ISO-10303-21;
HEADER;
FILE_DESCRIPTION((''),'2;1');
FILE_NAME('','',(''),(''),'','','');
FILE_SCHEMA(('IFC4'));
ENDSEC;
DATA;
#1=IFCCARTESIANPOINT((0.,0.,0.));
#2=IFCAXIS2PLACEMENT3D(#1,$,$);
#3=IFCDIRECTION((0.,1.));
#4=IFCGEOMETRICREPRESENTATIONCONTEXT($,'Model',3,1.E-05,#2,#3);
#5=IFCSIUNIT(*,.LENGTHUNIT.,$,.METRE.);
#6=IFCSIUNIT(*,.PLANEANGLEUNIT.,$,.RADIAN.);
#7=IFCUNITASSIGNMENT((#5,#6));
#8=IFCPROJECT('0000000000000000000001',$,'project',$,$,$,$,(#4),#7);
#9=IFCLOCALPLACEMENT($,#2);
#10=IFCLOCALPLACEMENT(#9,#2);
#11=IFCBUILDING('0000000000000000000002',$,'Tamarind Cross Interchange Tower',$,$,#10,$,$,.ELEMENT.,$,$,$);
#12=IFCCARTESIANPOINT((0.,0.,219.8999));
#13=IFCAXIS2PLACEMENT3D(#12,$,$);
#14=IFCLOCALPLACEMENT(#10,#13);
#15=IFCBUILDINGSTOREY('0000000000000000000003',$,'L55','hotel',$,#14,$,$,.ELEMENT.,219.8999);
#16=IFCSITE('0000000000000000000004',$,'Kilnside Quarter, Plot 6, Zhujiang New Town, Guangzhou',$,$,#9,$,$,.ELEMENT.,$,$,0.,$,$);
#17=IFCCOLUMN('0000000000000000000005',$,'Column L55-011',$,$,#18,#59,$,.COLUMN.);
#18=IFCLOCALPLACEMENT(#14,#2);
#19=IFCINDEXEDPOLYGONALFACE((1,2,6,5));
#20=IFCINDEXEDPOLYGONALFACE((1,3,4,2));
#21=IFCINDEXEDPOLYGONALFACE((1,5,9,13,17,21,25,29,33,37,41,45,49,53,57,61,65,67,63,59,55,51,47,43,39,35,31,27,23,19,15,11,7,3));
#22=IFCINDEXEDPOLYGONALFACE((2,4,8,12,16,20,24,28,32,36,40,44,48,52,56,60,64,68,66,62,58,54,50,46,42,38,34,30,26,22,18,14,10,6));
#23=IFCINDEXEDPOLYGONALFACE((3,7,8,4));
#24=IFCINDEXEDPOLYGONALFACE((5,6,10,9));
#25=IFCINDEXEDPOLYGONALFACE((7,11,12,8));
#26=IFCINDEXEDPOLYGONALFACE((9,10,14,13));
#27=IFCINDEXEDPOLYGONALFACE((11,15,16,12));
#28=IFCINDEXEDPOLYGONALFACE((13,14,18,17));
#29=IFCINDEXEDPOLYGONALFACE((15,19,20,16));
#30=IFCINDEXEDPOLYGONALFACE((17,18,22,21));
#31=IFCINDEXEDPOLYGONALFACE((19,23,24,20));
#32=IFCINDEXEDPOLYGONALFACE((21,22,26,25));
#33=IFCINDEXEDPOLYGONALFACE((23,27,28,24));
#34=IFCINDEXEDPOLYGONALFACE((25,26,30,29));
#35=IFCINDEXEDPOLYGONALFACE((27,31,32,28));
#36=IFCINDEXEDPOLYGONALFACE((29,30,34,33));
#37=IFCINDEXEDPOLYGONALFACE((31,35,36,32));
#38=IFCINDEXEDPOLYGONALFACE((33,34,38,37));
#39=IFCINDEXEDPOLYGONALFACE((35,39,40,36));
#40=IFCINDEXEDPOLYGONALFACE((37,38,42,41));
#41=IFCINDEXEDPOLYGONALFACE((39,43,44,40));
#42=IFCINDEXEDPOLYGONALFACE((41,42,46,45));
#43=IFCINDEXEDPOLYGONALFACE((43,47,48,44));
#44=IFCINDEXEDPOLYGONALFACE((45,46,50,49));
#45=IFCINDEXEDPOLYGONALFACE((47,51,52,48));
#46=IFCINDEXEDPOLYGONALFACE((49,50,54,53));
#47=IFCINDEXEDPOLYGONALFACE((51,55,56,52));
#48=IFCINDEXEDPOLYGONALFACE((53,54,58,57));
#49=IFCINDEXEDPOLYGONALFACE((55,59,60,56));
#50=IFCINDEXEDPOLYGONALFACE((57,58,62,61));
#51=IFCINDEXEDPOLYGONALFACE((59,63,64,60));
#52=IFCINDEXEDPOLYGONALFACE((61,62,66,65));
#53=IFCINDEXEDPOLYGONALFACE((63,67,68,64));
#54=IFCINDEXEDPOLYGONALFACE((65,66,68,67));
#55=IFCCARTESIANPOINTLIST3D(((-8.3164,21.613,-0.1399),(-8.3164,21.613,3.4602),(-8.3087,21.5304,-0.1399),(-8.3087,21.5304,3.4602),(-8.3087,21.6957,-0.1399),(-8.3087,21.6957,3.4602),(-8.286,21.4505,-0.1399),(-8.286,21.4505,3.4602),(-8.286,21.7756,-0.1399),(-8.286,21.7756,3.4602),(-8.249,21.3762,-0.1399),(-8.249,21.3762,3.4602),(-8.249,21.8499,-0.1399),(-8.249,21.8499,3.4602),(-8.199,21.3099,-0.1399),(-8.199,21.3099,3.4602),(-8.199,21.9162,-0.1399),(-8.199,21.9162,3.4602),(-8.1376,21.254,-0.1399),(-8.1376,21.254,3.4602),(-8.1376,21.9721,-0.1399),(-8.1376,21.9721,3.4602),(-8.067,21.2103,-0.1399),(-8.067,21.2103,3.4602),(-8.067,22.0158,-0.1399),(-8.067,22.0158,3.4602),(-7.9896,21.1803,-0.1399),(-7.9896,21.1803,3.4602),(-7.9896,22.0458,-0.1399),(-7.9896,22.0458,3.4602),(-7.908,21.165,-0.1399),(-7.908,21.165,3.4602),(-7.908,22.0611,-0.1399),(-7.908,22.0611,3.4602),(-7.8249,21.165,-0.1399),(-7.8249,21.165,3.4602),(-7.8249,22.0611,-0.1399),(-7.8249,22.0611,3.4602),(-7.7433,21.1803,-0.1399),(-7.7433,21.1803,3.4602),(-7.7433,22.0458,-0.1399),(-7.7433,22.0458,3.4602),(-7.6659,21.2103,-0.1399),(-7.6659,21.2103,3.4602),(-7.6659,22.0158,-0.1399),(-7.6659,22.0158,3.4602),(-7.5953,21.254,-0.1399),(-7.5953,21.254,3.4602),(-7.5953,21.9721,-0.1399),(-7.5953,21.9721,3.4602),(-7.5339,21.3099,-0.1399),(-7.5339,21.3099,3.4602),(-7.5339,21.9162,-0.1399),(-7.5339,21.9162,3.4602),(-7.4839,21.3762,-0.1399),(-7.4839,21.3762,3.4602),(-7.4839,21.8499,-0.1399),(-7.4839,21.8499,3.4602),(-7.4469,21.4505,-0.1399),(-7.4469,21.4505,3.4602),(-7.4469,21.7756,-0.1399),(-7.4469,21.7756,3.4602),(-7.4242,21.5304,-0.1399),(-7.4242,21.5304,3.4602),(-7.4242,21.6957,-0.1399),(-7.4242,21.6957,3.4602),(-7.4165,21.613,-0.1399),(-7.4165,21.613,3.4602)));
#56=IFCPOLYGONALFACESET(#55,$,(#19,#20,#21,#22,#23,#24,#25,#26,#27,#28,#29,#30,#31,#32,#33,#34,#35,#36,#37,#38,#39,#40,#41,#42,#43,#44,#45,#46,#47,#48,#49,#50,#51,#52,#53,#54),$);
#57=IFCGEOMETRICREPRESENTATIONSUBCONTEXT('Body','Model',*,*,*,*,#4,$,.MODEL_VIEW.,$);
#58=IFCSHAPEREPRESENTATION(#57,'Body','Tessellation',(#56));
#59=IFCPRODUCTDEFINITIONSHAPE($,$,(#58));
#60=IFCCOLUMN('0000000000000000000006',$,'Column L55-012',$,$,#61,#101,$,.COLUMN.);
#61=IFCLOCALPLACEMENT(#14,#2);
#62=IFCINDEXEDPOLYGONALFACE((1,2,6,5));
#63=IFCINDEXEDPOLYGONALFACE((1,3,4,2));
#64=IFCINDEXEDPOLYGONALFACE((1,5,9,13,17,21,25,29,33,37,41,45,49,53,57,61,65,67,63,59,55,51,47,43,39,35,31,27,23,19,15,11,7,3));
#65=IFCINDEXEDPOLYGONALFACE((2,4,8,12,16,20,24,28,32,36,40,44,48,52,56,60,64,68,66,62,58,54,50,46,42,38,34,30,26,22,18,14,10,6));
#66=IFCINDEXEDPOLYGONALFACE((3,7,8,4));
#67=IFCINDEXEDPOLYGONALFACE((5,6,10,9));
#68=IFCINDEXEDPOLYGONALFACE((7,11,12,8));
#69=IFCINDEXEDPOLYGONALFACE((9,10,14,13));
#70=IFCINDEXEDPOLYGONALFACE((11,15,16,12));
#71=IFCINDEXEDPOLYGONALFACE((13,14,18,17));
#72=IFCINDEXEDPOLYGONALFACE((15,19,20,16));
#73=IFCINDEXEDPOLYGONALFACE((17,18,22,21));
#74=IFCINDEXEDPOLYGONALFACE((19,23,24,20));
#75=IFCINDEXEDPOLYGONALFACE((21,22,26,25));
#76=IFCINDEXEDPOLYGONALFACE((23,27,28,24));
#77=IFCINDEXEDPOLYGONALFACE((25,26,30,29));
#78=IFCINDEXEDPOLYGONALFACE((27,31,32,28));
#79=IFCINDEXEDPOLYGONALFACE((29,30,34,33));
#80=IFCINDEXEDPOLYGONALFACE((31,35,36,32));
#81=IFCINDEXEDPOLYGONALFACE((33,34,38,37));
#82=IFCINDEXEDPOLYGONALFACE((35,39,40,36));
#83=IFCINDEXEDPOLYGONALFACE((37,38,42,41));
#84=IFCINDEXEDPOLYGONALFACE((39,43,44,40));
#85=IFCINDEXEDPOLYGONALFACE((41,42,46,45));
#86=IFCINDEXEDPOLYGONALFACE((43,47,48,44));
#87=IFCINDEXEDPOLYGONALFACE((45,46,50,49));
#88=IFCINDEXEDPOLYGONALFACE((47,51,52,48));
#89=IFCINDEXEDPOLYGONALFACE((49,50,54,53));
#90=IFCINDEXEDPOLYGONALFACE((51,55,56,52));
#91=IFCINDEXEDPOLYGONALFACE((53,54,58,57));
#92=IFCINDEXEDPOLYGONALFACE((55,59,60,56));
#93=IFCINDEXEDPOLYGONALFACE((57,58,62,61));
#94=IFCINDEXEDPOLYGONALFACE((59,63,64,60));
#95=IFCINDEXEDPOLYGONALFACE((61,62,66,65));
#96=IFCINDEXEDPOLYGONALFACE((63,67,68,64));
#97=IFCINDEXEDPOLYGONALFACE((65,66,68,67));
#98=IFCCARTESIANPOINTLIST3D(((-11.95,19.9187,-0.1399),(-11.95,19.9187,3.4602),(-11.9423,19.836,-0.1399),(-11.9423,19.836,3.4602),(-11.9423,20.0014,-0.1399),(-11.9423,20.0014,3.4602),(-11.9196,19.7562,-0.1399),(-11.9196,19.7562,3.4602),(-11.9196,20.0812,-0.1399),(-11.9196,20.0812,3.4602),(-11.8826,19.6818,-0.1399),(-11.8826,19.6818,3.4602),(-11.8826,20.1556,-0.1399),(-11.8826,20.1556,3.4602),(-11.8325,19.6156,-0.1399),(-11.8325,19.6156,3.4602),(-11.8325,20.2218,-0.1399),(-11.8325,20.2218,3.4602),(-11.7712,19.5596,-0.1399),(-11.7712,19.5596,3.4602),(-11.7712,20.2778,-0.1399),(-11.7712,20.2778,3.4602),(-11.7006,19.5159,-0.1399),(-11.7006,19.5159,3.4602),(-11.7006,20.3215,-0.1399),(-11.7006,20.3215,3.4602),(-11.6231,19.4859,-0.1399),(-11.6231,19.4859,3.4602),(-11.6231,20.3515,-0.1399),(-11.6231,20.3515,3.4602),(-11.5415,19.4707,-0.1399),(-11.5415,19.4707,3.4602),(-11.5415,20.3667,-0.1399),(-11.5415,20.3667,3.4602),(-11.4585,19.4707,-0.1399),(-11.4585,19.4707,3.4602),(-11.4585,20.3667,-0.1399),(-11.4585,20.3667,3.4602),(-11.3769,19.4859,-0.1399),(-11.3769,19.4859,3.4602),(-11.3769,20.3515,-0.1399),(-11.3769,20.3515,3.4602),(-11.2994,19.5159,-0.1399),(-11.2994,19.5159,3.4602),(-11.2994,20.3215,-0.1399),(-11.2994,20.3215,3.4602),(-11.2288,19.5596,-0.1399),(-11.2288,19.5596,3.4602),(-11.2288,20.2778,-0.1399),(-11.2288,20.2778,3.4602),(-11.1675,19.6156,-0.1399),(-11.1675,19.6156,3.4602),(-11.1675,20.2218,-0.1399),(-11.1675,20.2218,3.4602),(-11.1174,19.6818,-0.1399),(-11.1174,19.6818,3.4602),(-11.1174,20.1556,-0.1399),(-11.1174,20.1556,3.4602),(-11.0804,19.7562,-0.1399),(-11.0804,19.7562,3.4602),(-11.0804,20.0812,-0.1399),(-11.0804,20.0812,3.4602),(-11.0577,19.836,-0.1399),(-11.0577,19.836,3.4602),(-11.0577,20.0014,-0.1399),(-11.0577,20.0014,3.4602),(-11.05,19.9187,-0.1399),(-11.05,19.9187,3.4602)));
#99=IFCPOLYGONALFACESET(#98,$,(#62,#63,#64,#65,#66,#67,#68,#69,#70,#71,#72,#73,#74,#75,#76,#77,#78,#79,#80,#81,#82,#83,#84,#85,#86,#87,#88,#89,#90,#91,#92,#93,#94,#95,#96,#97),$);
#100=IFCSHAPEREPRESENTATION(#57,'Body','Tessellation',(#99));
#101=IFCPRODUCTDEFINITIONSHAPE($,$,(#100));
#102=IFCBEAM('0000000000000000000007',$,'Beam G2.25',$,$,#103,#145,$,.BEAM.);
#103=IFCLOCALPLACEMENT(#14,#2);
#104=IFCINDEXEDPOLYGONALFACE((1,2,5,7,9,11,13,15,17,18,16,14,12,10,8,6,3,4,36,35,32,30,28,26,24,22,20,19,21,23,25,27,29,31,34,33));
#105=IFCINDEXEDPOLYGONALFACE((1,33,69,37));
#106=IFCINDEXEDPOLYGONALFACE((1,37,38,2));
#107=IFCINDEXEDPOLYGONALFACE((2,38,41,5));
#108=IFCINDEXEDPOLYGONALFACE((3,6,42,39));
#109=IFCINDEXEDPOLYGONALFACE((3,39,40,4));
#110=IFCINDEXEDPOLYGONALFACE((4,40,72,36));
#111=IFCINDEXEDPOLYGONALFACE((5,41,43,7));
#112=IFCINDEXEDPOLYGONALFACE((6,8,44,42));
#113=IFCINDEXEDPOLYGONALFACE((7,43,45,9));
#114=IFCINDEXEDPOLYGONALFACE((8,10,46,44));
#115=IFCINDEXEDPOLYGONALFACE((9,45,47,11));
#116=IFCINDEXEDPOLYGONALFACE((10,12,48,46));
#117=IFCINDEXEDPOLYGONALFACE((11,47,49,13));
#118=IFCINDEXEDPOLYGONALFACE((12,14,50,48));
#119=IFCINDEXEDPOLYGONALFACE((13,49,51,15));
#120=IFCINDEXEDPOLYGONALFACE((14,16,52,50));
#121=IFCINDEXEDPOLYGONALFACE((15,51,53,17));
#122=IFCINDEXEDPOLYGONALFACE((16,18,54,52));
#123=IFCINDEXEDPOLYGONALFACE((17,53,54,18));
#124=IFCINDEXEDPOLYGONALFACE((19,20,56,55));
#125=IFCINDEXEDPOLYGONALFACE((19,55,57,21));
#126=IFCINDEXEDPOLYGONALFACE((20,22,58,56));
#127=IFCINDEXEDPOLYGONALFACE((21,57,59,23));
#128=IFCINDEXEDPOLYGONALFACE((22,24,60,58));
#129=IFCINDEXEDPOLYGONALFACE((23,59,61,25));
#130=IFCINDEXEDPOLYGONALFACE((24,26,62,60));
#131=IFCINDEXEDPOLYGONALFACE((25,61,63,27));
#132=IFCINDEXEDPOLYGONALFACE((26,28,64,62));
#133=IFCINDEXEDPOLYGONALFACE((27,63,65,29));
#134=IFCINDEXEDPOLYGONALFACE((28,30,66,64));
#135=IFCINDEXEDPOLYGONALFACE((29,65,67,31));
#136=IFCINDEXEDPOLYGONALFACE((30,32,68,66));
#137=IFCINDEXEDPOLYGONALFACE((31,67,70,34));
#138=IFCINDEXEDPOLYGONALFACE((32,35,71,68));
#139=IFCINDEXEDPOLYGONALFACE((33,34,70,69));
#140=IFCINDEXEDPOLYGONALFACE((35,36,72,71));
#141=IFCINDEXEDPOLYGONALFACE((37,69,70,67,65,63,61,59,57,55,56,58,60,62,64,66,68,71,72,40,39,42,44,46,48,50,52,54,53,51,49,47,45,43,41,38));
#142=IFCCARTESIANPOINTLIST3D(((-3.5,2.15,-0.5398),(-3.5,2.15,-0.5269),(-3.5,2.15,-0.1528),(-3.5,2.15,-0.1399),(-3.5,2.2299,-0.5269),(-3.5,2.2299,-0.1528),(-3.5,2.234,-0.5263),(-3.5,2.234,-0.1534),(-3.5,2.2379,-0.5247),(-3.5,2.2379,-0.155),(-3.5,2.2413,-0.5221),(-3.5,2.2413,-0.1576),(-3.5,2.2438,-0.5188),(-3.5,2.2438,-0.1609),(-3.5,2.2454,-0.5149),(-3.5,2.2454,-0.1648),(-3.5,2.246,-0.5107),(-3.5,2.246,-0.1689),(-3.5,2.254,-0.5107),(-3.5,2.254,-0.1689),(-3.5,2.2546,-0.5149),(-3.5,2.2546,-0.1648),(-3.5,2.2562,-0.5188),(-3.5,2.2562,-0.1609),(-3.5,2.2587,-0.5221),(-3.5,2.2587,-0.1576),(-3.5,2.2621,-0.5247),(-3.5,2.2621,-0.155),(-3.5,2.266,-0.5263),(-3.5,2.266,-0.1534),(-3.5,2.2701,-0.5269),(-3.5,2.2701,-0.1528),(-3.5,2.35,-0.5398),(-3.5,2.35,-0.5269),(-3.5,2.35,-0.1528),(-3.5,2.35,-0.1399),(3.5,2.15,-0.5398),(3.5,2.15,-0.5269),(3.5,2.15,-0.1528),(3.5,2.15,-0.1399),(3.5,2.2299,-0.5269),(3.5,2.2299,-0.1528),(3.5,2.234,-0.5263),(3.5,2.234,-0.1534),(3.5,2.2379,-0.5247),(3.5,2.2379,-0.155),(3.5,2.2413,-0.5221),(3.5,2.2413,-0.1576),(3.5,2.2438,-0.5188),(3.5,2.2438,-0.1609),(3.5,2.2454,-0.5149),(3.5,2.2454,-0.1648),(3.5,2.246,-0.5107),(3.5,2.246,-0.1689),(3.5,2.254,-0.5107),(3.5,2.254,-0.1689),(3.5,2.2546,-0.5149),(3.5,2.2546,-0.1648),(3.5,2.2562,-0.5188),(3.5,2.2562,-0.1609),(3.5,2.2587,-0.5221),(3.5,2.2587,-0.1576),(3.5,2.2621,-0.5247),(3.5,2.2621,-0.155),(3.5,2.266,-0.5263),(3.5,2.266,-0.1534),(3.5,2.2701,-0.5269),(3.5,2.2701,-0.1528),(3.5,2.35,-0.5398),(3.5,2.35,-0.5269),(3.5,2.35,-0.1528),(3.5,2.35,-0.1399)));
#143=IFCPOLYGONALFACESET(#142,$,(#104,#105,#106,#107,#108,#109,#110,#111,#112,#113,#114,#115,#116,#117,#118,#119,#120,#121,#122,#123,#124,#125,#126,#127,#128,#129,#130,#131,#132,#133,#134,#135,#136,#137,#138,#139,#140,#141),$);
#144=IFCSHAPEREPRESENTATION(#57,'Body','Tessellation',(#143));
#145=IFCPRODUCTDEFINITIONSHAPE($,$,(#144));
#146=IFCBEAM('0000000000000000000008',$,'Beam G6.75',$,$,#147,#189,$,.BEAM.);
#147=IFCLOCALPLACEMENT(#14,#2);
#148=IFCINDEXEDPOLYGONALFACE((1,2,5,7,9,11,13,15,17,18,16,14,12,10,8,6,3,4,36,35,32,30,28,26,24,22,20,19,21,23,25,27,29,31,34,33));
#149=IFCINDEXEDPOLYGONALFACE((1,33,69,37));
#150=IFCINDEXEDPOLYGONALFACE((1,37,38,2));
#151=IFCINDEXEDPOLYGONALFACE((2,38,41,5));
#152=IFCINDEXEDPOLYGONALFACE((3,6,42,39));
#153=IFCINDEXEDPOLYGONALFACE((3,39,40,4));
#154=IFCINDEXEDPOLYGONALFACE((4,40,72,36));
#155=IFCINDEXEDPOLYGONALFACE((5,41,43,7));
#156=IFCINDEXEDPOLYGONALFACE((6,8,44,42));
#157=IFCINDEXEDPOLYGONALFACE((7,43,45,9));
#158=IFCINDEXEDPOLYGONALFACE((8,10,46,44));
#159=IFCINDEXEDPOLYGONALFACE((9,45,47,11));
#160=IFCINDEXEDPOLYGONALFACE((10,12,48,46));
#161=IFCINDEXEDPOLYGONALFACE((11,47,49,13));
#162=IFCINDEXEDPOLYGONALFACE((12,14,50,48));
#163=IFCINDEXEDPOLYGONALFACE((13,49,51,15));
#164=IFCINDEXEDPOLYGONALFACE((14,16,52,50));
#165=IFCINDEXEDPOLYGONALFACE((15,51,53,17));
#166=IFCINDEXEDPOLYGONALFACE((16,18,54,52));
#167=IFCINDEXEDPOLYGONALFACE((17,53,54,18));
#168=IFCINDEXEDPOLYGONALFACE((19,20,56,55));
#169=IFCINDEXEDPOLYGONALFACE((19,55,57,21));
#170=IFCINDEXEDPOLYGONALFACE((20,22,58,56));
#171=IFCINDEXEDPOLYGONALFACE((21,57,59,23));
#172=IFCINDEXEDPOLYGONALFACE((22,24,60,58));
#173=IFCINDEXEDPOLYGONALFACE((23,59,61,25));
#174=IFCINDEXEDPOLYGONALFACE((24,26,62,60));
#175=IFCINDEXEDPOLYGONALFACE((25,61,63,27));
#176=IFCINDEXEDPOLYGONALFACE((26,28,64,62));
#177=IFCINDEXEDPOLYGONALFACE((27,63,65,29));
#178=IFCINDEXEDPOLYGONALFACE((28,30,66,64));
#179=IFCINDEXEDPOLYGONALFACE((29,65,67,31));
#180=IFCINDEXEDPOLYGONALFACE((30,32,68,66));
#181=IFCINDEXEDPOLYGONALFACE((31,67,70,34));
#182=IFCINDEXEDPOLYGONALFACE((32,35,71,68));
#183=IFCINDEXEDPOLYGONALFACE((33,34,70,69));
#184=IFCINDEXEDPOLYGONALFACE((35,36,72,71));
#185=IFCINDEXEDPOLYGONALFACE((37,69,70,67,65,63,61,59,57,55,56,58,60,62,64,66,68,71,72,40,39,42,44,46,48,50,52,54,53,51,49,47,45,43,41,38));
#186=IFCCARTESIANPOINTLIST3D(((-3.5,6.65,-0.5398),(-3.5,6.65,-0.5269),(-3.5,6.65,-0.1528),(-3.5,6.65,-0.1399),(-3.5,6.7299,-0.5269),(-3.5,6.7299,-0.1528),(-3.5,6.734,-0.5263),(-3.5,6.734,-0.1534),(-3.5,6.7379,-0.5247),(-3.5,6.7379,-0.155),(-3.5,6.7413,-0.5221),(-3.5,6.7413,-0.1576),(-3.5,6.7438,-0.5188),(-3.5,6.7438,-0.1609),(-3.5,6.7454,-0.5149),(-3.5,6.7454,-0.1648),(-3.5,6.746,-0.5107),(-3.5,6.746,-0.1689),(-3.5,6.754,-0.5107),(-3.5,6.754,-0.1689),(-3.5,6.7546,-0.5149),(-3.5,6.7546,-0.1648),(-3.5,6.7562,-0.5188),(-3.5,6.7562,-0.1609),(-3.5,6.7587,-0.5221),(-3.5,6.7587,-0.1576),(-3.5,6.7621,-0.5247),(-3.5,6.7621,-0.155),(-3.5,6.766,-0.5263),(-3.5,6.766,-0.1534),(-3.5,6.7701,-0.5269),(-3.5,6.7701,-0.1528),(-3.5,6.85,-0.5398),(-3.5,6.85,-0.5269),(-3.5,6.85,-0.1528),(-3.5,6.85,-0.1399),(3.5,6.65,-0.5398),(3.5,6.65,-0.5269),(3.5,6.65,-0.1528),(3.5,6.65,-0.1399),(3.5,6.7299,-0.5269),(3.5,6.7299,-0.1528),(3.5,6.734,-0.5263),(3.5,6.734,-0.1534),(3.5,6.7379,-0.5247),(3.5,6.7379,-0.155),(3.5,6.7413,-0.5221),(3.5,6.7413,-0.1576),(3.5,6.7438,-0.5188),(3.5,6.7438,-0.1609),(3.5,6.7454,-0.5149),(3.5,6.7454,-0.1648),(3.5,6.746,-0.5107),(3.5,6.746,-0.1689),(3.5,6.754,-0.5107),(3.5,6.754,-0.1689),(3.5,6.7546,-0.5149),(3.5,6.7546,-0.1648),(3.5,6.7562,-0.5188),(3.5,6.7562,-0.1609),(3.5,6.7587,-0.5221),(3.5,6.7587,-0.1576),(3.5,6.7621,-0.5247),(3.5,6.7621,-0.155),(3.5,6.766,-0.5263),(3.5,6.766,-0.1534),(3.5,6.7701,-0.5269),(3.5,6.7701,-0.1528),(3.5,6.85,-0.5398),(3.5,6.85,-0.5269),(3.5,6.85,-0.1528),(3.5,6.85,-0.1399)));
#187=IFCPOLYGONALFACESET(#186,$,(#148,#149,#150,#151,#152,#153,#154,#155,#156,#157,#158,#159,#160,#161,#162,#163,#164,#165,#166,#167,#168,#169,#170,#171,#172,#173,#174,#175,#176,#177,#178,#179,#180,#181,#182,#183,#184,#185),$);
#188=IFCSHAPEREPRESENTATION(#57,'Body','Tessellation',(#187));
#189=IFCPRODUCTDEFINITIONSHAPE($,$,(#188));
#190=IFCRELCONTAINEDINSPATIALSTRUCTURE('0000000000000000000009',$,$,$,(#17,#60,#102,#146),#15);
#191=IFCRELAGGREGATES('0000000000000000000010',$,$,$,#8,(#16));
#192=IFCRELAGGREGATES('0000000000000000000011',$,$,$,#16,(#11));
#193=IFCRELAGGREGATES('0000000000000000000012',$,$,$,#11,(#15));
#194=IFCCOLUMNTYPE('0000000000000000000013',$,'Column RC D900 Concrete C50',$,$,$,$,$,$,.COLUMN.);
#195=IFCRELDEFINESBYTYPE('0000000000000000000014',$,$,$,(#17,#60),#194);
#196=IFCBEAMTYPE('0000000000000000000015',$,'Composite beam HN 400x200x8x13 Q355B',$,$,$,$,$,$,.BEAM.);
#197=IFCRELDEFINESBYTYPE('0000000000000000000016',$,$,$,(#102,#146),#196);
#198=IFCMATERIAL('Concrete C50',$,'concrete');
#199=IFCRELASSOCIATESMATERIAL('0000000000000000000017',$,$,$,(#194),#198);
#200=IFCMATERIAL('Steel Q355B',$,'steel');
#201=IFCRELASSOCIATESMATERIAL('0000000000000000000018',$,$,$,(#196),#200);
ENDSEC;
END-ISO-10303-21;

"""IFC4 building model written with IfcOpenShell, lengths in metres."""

from ifc_helpers import new_model, si_unit, direction, frame, origin, origin_2d, place, context, subcontext, project, spatial, circle, i_section, extrude, material, material_profile, profile_set, type_object, element, save


model = new_model("IFC4")

# Units and contexts
model_context = context("Model", 3, precision=1e-05, world=origin(), true_north=direction((0.0, 1.0)))
body_context = subcontext(model_context, "Body", "Model", "MODEL_VIEW")
ifc_project = project(units=[si_unit("LENGTHUNIT", "METRE"), si_unit("PLANEANGLEUNIT", "RADIAN")], contexts=[model_context])

# Site, building, storey
site_placement = place(None, origin())
site = spatial("IfcSite", under=ifc_project, at=site_placement, Name="Kilnside Quarter, Plot 6, Zhujiang New Town, Guangzhou", CompositionType="ELEMENT", RefElevation=0.0)
building_placement = place(site_placement, origin())
building = spatial("IfcBuilding", under=site, at=building_placement, Name="Tamarind Cross Interchange Tower", CompositionType="ELEMENT")
storey_placement = place(building_placement, frame((0.0, 0.0, 219.8999)))
storey = spatial("IfcBuildingStorey", under=building, at=storey_placement, Name="L55", Description="hotel", CompositionType="ELEMENT", Elevation=219.8999)

# Columns
ifc_material_1 = material(Name="Concrete C50", Category="concrete")
ifc_material_profile_1 = material_profile(ifc_material_1, circle(Radius=0.45, at=origin_2d()), Name="RC D900")
ifc_profile_set_1 = profile_set([ifc_material_profile_1], Name="Concrete C50")
column_type = type_object("IfcColumnType", Name="Column RC D900 Concrete C50", PredefinedType="COLUMN", material=ifc_profile_set_1)
for number, where, z_axis, x_axis, name in (
    (1, (-7.8665, 21.613, -0.1399), (0.0, 0.0, 1.0), (1.0, 0.0, 0.0), "Column L55-011"),
    (2, (-11.5, 19.9187, -0.1399), (0.0, 0.0, 1.0), (1.0, 0.0, 0.0), "Column L55-012"),
):
    element("IfcColumn", number, at=place(storey_placement, frame(where, z_axis=z_axis, x_axis=x_axis)), inside=storey, type_object=column_type, Name=name, PredefinedType="COLUMN", context=body_context, shape_type="SweptSolid", body=[
        extrude(circle(Radius=0.45, at=origin_2d()), origin(), (0.0, 0.0, 1.0), 3.6001),
    ])

# Beams
ifc_material_2 = material(Name="Steel Q355B", Category="steel")
ifc_material_profile_2 = material_profile(ifc_material_2, i_section(OverallWidth=0.2, OverallDepth=0.3999, WebThickness=0.0081, FlangeThickness=0.0129, FilletRadius=0.0161, at=origin_2d()), Name="HN 400x200x8x13")
ifc_profile_set_2 = profile_set([ifc_material_profile_2], Name="Steel Q355B")
beam_type_1 = type_object("IfcBeamType", Name="Composite beam HN 400x200x8x13 Q355B", PredefinedType="BEAM", material=ifc_profile_set_2)
for number, where, z_axis, x_axis, name in (
    (3, (-3.5, 2.25, -0.3398), (1.0, 0.0, 0.0), (0.0, 1.0, 0.0), "Beam G2.25"),
    (4, (-3.5, 6.75, -0.3398), (1.0, 0.0, 0.0), (0.0, 1.0, 0.0), "Beam G6.75"),
):
    element("IfcBeam", number, at=place(storey_placement, frame(where, z_axis=z_axis, x_axis=x_axis)), inside=storey, type_object=beam_type_1, Name=name, PredefinedType="BEAM", context=body_context, shape_type="SweptSolid", body=[
        extrude(i_section(OverallWidth=0.2, OverallDepth=0.3999, WebThickness=0.0081, FlangeThickness=0.0129, FilletRadius=0.0161, at=origin_2d()), origin(), (0.0, 0.0, 1.0), 7.0),
    ])

save(model, "model.ifc")
